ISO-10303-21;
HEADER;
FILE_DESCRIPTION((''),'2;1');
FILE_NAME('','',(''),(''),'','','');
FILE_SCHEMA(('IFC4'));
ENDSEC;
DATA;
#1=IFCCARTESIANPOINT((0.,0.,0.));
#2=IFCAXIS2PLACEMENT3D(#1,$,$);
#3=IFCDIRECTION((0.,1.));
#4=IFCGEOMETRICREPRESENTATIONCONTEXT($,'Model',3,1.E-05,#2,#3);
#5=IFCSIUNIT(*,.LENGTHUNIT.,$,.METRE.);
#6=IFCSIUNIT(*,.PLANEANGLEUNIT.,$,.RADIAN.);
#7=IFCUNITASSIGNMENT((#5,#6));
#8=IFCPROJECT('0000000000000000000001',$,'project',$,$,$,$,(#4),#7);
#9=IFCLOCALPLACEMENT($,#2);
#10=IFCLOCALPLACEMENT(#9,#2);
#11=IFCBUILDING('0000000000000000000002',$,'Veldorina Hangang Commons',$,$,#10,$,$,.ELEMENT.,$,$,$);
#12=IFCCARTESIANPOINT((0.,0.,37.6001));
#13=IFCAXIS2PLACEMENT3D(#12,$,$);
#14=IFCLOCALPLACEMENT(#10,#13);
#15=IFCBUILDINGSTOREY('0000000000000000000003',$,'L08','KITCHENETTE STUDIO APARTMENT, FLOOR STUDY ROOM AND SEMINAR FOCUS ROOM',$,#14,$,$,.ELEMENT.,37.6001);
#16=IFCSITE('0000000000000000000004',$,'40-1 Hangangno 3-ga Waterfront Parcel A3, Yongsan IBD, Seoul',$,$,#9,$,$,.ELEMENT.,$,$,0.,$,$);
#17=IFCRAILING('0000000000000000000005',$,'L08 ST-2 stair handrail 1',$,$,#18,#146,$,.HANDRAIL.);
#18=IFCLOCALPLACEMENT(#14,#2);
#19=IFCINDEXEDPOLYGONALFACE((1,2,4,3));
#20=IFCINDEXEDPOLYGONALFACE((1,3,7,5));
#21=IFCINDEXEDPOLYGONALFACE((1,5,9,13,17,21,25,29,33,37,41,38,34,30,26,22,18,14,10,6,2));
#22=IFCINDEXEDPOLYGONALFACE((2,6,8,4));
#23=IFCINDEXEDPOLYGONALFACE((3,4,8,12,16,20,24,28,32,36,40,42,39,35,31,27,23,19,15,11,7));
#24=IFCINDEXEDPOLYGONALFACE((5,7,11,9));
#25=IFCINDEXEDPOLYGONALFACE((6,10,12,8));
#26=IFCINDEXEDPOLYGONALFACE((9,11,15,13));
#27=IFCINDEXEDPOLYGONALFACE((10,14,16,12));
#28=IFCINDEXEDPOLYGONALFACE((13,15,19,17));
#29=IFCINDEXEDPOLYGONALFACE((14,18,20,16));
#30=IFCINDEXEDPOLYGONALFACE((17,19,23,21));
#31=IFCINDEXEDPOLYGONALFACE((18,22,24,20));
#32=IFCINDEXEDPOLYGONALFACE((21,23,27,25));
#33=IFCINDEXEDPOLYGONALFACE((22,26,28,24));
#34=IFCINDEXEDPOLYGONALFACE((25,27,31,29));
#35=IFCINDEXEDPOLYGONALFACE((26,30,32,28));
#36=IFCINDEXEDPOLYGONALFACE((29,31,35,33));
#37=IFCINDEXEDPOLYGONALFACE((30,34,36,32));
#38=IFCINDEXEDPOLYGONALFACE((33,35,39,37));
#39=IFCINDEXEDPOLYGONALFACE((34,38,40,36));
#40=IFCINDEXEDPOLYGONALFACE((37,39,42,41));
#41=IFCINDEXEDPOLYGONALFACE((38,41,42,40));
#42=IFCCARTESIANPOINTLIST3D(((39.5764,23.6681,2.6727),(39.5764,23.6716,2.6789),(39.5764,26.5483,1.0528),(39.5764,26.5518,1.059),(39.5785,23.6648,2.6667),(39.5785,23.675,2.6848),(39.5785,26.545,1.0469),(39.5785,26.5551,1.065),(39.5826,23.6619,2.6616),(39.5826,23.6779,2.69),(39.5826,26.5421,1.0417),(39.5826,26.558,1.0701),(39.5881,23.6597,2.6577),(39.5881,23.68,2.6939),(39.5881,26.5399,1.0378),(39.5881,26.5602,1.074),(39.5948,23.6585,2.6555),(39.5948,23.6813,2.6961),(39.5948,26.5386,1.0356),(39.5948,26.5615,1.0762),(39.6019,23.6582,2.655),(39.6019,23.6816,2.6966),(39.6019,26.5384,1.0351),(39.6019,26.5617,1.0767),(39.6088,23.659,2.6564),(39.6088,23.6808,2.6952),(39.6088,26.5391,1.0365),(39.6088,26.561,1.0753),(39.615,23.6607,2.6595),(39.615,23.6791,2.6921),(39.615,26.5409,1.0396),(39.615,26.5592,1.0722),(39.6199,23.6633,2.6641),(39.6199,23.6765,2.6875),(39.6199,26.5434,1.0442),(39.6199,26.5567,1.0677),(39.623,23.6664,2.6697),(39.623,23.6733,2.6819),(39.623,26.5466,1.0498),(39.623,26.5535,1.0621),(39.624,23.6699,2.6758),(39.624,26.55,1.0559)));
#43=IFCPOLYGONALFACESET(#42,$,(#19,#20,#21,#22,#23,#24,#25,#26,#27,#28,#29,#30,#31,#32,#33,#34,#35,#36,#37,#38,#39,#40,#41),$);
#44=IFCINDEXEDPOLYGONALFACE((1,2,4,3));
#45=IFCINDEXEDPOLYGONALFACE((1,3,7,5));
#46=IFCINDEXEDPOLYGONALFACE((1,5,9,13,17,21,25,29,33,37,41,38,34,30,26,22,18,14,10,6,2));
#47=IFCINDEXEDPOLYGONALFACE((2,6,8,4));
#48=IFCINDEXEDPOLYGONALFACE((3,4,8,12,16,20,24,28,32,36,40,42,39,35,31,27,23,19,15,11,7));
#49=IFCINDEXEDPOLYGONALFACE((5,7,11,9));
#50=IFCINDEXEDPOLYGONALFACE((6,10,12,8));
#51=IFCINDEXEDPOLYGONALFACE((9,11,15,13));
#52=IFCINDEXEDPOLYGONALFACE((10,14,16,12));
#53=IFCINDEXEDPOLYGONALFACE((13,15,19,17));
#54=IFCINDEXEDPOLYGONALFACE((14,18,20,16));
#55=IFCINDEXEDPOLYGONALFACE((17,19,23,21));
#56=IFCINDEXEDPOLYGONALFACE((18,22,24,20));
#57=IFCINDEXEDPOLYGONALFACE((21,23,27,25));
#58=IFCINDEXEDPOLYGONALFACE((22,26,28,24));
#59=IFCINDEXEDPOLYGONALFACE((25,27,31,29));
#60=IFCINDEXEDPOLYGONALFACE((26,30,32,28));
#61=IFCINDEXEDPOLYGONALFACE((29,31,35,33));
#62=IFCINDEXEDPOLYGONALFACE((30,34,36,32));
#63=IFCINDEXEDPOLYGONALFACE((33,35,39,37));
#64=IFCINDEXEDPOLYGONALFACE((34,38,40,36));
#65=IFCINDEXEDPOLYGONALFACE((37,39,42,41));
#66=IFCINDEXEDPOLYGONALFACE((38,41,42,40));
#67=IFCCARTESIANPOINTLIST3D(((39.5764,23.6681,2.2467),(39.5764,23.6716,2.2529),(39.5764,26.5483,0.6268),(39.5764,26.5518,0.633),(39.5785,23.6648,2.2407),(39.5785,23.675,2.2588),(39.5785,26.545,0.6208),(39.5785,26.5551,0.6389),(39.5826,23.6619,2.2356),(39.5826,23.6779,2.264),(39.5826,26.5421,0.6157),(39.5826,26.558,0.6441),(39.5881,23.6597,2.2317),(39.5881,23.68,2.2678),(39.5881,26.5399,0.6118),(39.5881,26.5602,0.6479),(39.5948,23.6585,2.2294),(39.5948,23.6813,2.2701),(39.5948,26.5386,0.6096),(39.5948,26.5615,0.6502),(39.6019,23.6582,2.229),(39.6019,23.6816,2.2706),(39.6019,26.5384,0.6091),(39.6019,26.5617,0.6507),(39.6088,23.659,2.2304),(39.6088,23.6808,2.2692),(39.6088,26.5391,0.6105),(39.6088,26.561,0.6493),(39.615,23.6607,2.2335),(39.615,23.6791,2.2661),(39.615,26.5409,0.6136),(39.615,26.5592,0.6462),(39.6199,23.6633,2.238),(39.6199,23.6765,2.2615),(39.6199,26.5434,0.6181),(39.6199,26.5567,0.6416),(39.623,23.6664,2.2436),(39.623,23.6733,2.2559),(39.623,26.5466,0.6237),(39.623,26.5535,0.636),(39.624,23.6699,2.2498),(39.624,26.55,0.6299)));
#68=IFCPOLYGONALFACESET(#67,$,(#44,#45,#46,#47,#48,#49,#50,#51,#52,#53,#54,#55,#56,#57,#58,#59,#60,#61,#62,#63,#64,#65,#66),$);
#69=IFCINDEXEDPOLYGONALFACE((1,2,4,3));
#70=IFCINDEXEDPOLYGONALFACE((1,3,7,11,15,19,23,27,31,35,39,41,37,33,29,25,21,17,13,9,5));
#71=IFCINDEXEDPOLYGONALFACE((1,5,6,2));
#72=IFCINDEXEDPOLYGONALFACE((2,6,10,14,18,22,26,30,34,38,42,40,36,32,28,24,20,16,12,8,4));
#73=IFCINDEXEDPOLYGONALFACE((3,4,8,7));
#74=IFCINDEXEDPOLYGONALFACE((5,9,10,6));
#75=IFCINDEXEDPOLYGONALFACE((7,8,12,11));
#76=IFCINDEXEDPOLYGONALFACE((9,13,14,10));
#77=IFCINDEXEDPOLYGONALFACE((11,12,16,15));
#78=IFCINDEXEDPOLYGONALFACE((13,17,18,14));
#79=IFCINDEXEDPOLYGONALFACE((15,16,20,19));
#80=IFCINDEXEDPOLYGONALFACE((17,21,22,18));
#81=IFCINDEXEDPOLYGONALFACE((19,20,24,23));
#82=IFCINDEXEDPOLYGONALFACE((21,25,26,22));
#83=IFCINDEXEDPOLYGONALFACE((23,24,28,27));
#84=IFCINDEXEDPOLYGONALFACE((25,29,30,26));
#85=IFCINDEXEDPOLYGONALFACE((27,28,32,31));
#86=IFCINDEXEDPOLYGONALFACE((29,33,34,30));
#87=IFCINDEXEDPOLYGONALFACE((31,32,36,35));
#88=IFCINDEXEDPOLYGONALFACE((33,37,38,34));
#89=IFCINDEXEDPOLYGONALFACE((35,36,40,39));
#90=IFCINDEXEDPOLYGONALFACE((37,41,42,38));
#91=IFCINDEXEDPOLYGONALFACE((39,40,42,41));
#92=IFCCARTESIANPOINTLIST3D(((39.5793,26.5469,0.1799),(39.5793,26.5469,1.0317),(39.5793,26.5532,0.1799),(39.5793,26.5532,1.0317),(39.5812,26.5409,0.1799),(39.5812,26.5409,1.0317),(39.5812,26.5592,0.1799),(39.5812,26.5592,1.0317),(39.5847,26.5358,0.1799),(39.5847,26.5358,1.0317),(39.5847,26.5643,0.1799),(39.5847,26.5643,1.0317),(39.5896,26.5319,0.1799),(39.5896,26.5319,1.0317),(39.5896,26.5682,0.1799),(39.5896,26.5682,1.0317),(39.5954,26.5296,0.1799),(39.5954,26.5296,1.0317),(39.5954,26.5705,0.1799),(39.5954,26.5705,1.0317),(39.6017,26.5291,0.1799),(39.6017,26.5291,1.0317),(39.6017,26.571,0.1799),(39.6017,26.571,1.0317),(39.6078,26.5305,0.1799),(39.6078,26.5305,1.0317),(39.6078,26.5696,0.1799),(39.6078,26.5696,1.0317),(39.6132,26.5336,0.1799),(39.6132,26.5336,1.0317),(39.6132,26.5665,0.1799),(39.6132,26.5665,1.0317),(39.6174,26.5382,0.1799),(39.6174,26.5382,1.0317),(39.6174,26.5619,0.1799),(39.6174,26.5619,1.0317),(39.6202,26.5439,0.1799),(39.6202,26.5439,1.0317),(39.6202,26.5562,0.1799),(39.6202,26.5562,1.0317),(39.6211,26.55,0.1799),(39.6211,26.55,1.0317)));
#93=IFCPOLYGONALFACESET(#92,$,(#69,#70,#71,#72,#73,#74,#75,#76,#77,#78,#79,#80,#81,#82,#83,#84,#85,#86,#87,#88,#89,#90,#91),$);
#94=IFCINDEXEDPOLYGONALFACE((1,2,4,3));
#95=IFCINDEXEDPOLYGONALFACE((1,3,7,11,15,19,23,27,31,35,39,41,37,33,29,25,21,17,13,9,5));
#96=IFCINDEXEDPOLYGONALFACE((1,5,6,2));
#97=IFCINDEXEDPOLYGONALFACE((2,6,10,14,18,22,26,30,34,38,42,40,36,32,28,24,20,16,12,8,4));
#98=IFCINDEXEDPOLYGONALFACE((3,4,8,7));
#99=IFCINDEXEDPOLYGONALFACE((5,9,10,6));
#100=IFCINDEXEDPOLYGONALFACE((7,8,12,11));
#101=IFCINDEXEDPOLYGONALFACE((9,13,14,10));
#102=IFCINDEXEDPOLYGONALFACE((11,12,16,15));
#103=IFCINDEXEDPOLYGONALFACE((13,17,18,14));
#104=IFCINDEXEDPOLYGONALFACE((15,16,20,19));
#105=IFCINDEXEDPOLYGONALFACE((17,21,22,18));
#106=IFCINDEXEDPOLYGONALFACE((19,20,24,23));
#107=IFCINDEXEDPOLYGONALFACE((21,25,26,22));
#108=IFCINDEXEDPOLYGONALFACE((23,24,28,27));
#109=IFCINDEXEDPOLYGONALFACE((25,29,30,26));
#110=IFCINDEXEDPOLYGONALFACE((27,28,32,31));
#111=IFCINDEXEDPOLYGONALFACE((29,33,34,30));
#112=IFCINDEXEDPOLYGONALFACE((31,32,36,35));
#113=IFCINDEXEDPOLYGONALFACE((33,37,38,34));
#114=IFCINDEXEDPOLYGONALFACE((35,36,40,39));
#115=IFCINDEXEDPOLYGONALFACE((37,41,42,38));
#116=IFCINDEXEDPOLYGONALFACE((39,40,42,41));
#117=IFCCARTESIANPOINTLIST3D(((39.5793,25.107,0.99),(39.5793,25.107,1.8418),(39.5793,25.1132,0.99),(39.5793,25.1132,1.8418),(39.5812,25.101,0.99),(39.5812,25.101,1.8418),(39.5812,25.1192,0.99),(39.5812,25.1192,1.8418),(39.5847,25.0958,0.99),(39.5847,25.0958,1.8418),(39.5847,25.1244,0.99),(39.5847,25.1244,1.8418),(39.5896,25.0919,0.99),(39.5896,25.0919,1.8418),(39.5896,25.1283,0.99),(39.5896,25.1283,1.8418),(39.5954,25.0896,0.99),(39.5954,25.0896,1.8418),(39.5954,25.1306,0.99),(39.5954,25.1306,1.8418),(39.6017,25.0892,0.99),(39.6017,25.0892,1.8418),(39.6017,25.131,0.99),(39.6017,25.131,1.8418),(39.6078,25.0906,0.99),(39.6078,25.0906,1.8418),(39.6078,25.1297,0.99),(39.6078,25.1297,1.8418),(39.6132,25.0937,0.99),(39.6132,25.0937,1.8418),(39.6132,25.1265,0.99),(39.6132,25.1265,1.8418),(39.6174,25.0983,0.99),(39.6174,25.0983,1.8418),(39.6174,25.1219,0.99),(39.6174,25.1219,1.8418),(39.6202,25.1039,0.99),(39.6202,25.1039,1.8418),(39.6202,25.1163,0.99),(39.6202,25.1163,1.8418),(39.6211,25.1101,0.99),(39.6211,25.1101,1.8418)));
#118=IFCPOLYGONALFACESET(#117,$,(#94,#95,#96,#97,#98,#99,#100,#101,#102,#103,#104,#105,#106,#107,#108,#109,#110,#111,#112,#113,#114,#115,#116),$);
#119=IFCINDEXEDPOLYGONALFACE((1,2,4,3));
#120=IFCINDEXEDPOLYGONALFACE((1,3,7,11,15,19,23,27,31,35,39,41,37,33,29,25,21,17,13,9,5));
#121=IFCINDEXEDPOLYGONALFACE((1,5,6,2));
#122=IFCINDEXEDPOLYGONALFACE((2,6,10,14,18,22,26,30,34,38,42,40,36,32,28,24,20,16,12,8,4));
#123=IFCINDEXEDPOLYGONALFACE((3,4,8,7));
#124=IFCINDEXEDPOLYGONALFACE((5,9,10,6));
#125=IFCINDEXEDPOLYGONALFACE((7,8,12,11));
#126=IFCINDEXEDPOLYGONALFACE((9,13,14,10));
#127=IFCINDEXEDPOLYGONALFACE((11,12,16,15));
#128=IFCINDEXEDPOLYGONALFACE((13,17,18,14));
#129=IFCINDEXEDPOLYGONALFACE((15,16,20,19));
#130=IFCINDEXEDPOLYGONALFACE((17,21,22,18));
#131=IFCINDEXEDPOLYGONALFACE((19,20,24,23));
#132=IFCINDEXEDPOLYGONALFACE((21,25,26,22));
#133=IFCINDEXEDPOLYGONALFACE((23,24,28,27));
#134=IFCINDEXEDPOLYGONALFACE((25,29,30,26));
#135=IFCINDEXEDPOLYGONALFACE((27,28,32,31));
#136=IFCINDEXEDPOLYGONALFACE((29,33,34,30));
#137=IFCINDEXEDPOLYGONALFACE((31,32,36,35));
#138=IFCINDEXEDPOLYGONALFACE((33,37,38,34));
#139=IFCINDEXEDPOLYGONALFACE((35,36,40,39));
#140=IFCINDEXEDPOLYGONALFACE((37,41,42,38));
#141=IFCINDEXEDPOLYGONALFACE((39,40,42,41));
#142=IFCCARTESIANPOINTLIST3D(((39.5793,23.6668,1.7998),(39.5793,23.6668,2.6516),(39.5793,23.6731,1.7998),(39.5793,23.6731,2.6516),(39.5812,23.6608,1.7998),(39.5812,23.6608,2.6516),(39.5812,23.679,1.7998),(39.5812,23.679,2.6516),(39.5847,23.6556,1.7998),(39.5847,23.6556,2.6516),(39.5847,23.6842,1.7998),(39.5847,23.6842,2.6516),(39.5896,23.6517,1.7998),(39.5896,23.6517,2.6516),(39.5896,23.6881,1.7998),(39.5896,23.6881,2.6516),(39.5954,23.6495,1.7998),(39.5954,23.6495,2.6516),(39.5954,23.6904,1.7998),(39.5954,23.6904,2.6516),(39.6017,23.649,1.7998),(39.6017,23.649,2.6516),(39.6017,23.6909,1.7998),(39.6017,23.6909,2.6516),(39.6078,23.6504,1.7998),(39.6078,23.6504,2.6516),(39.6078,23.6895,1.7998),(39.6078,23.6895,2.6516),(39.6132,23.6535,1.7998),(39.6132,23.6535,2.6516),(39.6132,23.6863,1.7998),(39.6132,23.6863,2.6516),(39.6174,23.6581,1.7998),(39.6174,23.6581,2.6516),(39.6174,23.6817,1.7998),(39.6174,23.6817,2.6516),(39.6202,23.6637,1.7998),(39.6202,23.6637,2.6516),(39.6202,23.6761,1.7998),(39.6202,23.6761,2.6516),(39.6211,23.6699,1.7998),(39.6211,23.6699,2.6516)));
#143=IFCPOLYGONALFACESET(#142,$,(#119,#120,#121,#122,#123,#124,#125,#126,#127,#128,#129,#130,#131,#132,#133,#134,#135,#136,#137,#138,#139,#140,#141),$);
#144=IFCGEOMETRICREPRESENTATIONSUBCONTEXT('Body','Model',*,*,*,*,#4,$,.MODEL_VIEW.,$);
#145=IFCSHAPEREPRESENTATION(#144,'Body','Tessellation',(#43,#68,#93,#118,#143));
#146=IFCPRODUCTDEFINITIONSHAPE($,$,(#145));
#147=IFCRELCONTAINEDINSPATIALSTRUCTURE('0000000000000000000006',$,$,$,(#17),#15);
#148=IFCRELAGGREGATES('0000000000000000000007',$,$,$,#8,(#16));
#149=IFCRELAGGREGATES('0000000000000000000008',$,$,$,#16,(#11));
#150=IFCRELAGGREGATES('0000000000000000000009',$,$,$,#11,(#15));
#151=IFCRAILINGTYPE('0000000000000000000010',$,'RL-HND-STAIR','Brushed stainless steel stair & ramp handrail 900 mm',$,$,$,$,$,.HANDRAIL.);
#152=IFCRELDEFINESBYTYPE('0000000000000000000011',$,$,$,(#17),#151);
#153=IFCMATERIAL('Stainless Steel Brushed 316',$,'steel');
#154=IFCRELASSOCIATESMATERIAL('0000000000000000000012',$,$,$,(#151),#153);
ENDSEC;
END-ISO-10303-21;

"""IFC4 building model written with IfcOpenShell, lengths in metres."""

from ifc_helpers import new_model, si_unit, direction, frame, origin, origin_2d, place, context, subcontext, project, spatial, circle, extrude, material, type_object, element, save


model = new_model("IFC4")

# Units and contexts
model_context = context("Model", 3, precision=1e-05, world=origin(), true_north=direction((0.0, 1.0)))
body_context = subcontext(model_context, "Body", "Model", "MODEL_VIEW")
ifc_project = project(units=[si_unit("LENGTHUNIT", "METRE"), si_unit("PLANEANGLEUNIT", "RADIAN")], contexts=[model_context])

# Site, building, storey
site_placement = place(None, origin())
site = spatial("IfcSite", under=ifc_project, at=site_placement, Name="40-1 Hangangno 3-ga Waterfront Parcel A3, Yongsan IBD, Seoul", CompositionType="ELEMENT", RefElevation=0.0)
building_placement = place(site_placement, origin())
building = spatial("IfcBuilding", under=site, at=building_placement, Name="Veldorina Hangang Commons", CompositionType="ELEMENT")
storey_placement = place(building_placement, frame((0.0, 0.0, 37.6001)))
storey = spatial("IfcBuildingStorey", under=building, at=storey_placement, Name="L08", Description="KITCHENETTE STUDIO APARTMENT, FLOOR STUDY ROOM AND SEMINAR FOCUS ROOM", CompositionType="ELEMENT", Elevation=37.6001)

# Railing
ifc_material_1 = material(Name="Stainless Steel Brushed 316", Category="steel")
railing_type_1 = type_object("IfcRailingType", Name="RL-HND-STAIR", Description="Brushed stainless steel stair & ramp handrail 900 mm", PredefinedType="HANDRAIL", material=ifc_material_1)
railing_1_placement = place(storey_placement, frame((39.6001, 26.55, 0.1799)))
element("IfcRailing", 1, at=railing_1_placement, inside=storey, type_object=railing_type_1, Name="L08 ST-2 stair handrail 1", PredefinedType="HANDRAIL", context=body_context, shape_type="SweptSolid", body=[
    extrude(circle(Radius=0.0239, at=origin_2d()), frame((0.0, 0.0, 0.876), z_axis=(0.0, -0.871601, 0.490216), x_axis=(1.0, 0.0, 0.0)), (0.0, 0.0, 1.0), 3.3044),
    extrude(circle(Radius=0.0239, at=origin_2d()), frame((0.0, 0.0, 0.45), z_axis=(0.0, -0.871601, 0.490216), x_axis=(1.0, 0.0, 0.0)), (0.0, 0.0, 1.0), 3.3044),
    extrude(circle(Radius=0.021, at=origin_2d()), origin(), (0.0, 0.0, 1.0), 0.8518),
    extrude(circle(Radius=0.021, at=origin_2d()), frame((0.0, -1.4399, 0.8101)), (0.0, 0.0, 1.0), 0.8518),
    extrude(circle(Radius=0.021, at=origin_2d()), frame((0.0, -2.8801, 1.6199)), (0.0, 0.0, 1.0), 0.8518),
])

save(model, "model.ifc")
